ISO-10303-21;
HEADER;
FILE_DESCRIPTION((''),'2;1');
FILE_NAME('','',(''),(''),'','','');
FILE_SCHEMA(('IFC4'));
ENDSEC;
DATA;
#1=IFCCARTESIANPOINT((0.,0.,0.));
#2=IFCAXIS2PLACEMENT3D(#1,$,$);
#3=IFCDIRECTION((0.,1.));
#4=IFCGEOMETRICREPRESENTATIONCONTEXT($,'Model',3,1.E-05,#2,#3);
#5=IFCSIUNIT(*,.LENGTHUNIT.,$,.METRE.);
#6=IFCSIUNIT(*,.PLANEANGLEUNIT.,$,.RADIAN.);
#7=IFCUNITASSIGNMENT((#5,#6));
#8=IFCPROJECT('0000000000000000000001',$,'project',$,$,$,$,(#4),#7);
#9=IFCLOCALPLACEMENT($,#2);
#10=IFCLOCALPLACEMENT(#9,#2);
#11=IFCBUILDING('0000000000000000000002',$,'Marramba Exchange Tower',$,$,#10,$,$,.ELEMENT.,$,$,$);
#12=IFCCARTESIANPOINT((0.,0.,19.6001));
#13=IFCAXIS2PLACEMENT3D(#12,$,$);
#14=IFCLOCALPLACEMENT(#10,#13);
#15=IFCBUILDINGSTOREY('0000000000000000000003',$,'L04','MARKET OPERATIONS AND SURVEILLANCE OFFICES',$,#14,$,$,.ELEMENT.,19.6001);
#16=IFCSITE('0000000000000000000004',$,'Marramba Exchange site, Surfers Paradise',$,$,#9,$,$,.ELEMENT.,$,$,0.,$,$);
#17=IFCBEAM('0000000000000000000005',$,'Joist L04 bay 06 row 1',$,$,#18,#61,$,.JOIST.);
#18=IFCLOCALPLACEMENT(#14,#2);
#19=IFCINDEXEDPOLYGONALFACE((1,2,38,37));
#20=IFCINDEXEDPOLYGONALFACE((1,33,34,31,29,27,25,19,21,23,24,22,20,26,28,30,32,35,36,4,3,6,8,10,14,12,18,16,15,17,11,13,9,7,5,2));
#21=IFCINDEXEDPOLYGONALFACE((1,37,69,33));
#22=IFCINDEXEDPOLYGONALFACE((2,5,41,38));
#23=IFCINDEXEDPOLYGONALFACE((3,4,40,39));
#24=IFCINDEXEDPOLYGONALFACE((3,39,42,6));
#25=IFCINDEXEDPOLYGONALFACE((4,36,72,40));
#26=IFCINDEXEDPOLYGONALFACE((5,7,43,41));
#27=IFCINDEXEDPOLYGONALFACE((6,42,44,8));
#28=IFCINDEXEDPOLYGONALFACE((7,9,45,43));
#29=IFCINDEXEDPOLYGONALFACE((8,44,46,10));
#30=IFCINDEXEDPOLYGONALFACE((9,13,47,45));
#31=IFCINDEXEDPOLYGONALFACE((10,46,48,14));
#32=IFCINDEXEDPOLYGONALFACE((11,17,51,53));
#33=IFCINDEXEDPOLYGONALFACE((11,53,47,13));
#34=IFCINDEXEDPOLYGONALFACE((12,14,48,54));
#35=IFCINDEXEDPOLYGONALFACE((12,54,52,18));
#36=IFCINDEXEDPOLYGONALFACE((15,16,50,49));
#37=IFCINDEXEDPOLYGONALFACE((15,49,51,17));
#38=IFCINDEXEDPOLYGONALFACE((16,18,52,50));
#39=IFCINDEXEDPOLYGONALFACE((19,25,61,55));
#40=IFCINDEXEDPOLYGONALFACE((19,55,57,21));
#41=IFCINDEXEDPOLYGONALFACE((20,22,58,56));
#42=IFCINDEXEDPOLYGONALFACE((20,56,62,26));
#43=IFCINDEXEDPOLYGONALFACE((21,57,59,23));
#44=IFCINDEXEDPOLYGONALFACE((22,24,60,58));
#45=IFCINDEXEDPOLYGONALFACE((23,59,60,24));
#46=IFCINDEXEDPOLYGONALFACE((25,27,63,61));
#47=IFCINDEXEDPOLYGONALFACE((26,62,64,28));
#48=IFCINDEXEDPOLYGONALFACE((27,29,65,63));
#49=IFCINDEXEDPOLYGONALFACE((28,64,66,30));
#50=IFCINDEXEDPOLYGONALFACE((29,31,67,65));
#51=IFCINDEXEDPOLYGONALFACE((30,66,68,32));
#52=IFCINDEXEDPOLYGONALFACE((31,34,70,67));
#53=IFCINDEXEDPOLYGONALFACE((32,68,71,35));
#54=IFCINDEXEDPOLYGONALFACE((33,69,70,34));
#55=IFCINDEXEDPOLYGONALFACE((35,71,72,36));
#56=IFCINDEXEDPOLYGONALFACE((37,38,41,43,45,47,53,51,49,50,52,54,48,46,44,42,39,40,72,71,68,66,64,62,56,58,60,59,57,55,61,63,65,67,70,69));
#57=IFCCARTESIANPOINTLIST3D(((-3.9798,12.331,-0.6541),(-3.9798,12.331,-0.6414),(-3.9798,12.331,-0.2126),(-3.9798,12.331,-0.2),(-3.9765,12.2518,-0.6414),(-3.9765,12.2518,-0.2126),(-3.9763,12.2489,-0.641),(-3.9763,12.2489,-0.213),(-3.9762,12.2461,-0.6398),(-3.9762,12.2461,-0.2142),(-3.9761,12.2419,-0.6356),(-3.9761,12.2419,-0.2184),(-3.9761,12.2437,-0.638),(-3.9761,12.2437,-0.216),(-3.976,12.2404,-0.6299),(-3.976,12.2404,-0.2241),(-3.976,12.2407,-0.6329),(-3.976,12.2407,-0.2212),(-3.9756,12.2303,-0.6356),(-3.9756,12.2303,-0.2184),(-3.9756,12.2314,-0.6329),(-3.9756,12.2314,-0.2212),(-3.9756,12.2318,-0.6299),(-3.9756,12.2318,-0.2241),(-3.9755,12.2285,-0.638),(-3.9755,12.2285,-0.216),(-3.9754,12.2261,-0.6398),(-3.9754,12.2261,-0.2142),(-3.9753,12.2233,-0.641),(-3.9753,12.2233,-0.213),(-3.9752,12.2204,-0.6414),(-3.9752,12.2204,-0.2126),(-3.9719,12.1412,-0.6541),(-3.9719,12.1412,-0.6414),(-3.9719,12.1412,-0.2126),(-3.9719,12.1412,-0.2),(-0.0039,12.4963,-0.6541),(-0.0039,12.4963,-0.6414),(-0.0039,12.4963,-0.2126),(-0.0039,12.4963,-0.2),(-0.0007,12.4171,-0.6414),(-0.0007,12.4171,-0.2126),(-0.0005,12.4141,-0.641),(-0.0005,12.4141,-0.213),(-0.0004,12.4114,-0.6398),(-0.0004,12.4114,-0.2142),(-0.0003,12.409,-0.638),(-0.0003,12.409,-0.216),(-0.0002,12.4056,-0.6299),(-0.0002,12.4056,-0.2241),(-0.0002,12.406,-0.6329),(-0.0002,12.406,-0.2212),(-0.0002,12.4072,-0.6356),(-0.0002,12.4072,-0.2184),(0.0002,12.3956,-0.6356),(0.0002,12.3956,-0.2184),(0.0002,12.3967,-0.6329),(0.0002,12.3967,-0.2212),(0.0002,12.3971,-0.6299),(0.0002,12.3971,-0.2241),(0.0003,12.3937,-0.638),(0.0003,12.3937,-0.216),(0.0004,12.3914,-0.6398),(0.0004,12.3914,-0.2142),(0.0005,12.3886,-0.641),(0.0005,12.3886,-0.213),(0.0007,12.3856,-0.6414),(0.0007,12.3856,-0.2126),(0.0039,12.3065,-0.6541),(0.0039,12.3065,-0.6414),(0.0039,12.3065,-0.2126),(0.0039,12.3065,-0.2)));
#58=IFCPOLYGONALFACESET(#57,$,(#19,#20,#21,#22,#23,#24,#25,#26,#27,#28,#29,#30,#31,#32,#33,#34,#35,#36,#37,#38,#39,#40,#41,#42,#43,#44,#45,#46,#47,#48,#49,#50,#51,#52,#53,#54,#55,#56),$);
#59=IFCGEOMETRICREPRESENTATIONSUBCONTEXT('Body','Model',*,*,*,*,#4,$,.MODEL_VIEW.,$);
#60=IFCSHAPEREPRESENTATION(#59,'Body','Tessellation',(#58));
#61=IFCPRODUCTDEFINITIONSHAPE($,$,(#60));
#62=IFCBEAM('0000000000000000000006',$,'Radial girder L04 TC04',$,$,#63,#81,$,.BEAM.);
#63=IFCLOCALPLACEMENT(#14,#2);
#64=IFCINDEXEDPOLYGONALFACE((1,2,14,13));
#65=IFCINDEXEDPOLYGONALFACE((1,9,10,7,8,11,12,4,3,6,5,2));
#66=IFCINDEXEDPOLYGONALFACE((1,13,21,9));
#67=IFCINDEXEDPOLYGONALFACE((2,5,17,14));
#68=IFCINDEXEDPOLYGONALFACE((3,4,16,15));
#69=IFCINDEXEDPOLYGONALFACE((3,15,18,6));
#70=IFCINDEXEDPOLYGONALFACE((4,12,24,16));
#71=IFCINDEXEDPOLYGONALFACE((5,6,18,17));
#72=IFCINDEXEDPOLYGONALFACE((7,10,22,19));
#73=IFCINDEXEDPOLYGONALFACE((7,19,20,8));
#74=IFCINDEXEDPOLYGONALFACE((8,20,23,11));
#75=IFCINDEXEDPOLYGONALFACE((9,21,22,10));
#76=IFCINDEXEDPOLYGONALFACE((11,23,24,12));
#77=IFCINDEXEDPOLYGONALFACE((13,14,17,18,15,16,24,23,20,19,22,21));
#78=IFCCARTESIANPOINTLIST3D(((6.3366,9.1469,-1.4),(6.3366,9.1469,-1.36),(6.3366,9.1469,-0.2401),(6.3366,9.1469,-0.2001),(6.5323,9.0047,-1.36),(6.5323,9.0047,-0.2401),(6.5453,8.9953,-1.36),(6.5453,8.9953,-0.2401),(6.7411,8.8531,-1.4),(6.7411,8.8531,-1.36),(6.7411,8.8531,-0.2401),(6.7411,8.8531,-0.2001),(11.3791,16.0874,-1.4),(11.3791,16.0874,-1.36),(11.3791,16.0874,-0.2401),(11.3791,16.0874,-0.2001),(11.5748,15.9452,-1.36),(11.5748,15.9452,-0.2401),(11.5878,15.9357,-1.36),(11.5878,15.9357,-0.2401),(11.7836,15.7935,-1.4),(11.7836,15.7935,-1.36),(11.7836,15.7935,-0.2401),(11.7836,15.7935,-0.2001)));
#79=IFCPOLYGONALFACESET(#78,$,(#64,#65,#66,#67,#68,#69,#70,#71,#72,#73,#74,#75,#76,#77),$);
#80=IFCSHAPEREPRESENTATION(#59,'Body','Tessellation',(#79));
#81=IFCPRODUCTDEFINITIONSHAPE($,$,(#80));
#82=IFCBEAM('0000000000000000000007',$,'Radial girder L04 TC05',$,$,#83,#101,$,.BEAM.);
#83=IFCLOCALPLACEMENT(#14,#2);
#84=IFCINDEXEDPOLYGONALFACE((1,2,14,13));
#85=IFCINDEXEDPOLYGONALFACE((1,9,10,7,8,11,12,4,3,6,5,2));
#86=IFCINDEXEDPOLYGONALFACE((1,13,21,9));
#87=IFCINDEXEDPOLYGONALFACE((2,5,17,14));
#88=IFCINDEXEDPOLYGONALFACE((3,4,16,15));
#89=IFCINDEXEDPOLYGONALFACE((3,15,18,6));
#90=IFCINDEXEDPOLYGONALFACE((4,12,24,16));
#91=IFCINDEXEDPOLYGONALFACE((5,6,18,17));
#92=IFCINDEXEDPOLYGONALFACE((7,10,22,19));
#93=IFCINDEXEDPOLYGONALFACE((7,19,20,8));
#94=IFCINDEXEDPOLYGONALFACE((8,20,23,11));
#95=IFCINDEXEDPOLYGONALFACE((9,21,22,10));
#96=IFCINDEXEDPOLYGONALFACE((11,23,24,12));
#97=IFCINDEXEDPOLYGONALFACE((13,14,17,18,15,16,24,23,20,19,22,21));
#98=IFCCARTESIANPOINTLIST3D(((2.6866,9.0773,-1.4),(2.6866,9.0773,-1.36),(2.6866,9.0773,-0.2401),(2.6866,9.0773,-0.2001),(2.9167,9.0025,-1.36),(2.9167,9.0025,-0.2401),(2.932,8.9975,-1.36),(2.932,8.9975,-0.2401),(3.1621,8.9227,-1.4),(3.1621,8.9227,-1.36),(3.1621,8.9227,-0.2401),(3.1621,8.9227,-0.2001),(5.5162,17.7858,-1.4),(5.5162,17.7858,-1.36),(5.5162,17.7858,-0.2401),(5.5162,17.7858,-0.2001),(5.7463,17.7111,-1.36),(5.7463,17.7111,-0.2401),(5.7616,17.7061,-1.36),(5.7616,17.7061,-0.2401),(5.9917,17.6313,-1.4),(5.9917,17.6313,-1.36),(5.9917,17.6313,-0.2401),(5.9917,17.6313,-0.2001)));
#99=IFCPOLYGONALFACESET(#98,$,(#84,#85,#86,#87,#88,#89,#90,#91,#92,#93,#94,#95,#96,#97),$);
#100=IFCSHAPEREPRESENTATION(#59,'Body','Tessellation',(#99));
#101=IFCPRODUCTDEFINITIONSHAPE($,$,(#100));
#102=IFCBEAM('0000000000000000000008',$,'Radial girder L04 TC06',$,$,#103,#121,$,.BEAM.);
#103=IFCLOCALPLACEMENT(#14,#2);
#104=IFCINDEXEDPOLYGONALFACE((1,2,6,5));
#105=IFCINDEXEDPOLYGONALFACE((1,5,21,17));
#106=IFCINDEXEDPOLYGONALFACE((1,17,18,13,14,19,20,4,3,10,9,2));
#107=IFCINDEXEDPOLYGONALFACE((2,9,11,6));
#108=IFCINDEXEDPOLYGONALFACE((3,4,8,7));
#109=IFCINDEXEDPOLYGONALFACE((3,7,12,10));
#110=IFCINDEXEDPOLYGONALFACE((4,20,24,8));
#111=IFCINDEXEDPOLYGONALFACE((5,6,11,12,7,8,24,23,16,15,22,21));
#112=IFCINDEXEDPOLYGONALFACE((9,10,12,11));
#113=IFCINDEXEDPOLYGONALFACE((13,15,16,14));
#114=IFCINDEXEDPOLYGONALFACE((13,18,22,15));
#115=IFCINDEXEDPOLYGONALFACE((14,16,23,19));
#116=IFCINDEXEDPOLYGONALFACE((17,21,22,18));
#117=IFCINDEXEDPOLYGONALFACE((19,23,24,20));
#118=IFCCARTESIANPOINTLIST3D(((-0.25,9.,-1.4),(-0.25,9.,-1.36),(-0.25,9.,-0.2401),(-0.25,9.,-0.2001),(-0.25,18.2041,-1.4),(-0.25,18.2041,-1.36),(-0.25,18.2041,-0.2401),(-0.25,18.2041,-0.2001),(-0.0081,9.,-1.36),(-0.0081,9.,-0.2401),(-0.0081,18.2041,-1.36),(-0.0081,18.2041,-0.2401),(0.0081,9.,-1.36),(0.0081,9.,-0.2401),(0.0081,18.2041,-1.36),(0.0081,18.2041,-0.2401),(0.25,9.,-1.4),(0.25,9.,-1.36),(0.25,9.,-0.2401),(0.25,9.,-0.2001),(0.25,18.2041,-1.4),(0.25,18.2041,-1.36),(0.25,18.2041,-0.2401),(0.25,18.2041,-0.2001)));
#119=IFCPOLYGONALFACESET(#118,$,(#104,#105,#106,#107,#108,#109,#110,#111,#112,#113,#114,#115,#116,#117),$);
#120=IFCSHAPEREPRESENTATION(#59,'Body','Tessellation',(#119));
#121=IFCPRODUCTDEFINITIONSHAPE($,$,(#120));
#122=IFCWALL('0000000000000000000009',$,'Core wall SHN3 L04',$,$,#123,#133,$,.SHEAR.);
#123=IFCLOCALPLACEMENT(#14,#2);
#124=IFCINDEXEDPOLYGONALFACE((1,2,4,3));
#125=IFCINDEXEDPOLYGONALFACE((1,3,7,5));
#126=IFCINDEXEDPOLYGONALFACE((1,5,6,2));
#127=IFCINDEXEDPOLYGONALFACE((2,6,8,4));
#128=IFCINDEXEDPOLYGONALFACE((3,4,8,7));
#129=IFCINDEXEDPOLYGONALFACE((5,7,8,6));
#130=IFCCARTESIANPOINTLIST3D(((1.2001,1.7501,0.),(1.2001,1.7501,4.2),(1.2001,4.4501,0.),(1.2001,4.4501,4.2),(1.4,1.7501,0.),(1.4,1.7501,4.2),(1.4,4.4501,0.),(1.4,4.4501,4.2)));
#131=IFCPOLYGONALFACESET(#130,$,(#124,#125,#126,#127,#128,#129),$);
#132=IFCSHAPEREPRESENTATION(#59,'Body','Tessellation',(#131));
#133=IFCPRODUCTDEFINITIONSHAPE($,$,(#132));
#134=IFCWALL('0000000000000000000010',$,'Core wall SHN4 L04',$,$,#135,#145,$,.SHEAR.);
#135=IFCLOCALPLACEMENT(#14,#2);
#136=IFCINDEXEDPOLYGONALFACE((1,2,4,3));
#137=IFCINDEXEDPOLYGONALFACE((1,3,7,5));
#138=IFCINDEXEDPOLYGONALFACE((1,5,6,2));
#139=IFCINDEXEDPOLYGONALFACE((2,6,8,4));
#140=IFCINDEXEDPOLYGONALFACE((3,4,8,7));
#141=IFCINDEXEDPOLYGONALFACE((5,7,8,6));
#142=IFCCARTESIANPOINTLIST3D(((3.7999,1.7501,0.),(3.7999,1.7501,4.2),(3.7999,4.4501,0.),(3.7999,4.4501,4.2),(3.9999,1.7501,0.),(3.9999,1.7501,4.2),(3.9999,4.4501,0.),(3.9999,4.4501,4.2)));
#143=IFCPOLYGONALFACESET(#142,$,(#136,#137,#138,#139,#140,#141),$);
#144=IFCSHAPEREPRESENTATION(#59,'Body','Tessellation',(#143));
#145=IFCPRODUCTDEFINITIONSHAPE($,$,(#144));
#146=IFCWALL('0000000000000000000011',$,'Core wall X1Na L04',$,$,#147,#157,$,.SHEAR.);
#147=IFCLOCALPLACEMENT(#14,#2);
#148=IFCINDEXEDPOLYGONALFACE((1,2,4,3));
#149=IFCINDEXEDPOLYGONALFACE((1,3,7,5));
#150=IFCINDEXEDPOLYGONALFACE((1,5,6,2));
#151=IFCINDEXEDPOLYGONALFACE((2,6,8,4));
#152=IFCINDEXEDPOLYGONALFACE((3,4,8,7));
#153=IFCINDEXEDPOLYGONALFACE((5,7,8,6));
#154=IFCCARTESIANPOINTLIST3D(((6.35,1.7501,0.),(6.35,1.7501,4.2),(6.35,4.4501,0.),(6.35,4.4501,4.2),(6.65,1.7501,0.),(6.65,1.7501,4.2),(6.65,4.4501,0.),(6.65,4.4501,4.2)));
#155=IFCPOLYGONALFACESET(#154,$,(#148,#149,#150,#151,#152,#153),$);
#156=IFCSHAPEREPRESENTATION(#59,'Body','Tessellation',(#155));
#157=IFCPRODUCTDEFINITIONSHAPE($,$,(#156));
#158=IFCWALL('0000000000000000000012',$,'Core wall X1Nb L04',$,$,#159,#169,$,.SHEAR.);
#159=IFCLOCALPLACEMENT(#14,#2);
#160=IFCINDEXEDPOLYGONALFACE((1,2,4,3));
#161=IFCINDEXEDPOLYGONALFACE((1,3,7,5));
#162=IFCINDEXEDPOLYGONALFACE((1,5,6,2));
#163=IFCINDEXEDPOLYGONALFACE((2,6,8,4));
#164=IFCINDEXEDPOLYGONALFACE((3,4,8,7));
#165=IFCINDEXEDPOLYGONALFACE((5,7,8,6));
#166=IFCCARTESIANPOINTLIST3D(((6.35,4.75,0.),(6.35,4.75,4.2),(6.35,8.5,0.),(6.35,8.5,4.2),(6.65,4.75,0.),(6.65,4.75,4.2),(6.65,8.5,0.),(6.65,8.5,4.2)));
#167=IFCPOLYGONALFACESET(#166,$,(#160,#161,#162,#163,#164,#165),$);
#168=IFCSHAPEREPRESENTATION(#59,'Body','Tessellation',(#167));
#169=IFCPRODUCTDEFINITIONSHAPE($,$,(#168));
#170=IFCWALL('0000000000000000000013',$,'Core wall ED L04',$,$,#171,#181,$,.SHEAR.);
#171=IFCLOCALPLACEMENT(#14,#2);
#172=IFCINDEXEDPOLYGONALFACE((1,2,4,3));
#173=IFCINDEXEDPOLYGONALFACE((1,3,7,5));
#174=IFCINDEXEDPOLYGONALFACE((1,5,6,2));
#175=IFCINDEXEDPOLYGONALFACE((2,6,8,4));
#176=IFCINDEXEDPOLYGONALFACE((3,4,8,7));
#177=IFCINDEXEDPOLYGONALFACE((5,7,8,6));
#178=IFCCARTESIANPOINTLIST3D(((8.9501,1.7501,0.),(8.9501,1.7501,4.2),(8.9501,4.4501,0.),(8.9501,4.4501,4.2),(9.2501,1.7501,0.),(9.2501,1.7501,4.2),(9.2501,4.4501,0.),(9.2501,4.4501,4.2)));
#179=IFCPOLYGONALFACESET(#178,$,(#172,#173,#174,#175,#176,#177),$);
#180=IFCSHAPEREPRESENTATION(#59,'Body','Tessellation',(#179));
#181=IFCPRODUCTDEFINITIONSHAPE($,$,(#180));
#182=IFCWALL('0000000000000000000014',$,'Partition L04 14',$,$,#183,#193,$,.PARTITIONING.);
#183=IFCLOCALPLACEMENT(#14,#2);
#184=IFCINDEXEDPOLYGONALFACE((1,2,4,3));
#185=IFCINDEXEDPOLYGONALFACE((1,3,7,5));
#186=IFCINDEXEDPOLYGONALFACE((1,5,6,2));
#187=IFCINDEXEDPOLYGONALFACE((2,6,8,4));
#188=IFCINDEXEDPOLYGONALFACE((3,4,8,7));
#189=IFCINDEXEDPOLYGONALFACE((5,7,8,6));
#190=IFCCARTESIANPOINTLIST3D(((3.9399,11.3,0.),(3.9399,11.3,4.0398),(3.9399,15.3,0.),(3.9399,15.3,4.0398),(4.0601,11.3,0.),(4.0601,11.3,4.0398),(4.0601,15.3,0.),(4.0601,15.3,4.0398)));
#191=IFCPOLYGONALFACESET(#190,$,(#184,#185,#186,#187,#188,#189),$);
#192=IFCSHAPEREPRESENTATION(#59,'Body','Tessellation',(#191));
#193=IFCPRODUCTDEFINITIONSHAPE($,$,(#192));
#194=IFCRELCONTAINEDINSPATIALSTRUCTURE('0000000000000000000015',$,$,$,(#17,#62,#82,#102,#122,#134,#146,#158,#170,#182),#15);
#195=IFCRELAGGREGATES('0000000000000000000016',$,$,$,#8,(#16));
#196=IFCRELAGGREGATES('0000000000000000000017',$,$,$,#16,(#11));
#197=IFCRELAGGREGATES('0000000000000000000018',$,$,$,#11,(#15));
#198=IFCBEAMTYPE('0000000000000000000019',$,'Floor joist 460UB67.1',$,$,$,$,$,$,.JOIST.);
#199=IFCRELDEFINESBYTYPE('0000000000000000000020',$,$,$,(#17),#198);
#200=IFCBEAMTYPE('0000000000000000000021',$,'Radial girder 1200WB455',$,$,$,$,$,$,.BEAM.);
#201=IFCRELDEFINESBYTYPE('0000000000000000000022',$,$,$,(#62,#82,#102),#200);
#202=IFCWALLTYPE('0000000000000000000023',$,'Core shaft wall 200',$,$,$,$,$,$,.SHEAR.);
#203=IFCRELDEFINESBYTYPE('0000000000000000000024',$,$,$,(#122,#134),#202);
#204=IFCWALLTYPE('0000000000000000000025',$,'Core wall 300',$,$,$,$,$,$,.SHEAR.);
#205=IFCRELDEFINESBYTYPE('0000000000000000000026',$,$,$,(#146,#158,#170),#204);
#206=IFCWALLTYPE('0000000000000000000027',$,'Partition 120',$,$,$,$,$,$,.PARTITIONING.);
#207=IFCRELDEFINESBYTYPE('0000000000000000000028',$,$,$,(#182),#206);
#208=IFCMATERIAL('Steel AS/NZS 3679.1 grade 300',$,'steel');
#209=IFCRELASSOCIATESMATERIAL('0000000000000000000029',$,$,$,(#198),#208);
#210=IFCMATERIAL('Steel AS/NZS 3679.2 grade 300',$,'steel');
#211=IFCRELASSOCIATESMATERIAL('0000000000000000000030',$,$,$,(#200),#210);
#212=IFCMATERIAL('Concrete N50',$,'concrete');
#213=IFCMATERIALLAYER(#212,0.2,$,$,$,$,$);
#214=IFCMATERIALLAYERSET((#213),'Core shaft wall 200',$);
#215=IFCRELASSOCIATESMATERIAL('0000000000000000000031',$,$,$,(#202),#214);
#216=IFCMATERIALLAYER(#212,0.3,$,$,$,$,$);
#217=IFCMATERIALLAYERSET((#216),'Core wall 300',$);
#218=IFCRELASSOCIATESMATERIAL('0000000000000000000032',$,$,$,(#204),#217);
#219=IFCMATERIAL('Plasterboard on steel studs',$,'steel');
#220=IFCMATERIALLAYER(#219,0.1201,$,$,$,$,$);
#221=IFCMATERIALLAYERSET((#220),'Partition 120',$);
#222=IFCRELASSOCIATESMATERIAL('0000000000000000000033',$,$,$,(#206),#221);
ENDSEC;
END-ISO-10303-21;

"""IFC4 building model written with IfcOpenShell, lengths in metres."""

from ifc_helpers import new_model, si_unit, direction, frame, frame_2d, origin, origin_2d, place, context, subcontext, project, spatial, rectangle, i_section, extrude, material, layer, layer_set, material_profile, profile_set, type_object, element, save


model = new_model("IFC4")

# Units and contexts
model_context = context("Model", 3, precision=1e-05, world=origin(), true_north=direction((0.0, 1.0)))
body_context = subcontext(model_context, "Body", "Model", "MODEL_VIEW")
ifc_project = project(units=[si_unit("LENGTHUNIT", "METRE"), si_unit("PLANEANGLEUNIT", "RADIAN")], contexts=[model_context])

# Site, building, storey
site_placement = place(None, origin())
site = spatial("IfcSite", under=ifc_project, at=site_placement, Name="Marramba Exchange site, Surfers Paradise", CompositionType="ELEMENT", RefElevation=0.0)
building_placement = place(site_placement, origin())
building = spatial("IfcBuilding", under=site, at=building_placement, Name="Marramba Exchange Tower", CompositionType="ELEMENT")
storey_placement = place(building_placement, frame((0.0, 0.0, 19.6001)))
storey = spatial("IfcBuildingStorey", under=building, at=storey_placement, Name="L04", Description="MARKET OPERATIONS AND SURVEILLANCE OFFICES", CompositionType="ELEMENT", Elevation=19.6001)

# Beams
ifc_material_1 = material(Name="Steel AS/NZS 3679.1 grade 300", Category="steel")
ifc_material_profile_1 = material_profile(ifc_material_1, i_section(OverallWidth=0.1899, OverallDepth=0.4541, WebThickness=0.0085, FlangeThickness=0.0127, FilletRadius=0.0115, at=origin_2d()), Name="460UB67.1")
ifc_profile_set_1 = profile_set([ifc_material_profile_1], Name="Steel AS/NZS 3679.1 grade 300")
beam_type_1 = type_object("IfcBeamType", Name="Floor joist 460UB67.1", PredefinedType="JOIST", material=ifc_profile_set_1)
beam_1_placement = place(storey_placement, frame((0.0, 12.4014, -0.427), z_axis=(-0.999137, -0.041536, 0.0), x_axis=(0.041536, -0.999137, 0.0)))
element("IfcBeam", 1, at=beam_1_placement, inside=storey, type_object=beam_type_1, Name="Joist L04 bay 06 row 1", PredefinedType="JOIST", context=body_context, shape_type="SweptSolid", body=[
    extrude(i_section(OverallWidth=0.1899, OverallDepth=0.4541, WebThickness=0.0085, FlangeThickness=0.0127, FilletRadius=0.0115, at=origin_2d()), origin(), (0.0, 0.0, 1.0), 3.9792),
])
ifc_material_2 = material(Name="Steel AS/NZS 3679.2 grade 300", Category="steel")
ifc_material_profile_2 = material_profile(ifc_material_2, i_section(OverallWidth=0.5, OverallDepth=1.2, WebThickness=0.0161, FlangeThickness=0.04, at=origin_2d()), Name="1200WB455")
ifc_profile_set_2 = profile_set([ifc_material_profile_2], Name="Steel AS/NZS 3679.2 grade 300")
beam_type_2 = type_object("IfcBeamType", Name="Radial girder 1200WB455", PredefinedType="BEAM", material=ifc_profile_set_2)
beam_2_placement = place(storey_placement, frame((6.5388, 9.0, -0.8), z_axis=(0.587782, 0.809019, 0.0), x_axis=(-0.809019, 0.587782, 0.0)))
element("IfcBeam", 2, at=beam_2_placement, inside=storey, type_object=beam_type_2, Name="Radial girder L04 TC04", PredefinedType="BEAM", context=body_context, shape_type="SweptSolid", body=[
    extrude(i_section(OverallWidth=0.5, OverallDepth=1.2, WebThickness=0.0161, FlangeThickness=0.04, at=origin_2d()), origin(), (0.0, 0.0, 1.0), 8.5789),
])
beam_3_placement = place(storey_placement, frame((2.9243, 9.0, -0.8), z_axis=(0.30902, 0.951056, 0.0), x_axis=(-0.951056, 0.30902, 0.0)))
element("IfcBeam", 3, at=beam_3_placement, inside=storey, type_object=beam_type_2, Name="Radial girder L04 TC05", PredefinedType="BEAM", context=body_context, shape_type="SweptSolid", body=[
    extrude(i_section(OverallWidth=0.5, OverallDepth=1.2, WebThickness=0.0161, FlangeThickness=0.04, at=origin_2d()), origin(), (0.0, 0.0, 1.0), 9.1567),
])
beam_4_placement = place(storey_placement, frame((0.0, 9.0, -0.8), z_axis=(0.0, 1.0, 0.0), x_axis=(-1.0, 0.0, 0.0)))
element("IfcBeam", 4, at=beam_4_placement, inside=storey, type_object=beam_type_2, Name="Radial girder L04 TC06", PredefinedType="BEAM", context=body_context, shape_type="SweptSolid", body=[
    extrude(i_section(OverallWidth=0.5, OverallDepth=1.2, WebThickness=0.0161, FlangeThickness=0.04, at=origin_2d()), origin(), (0.0, 0.0, 1.0), 9.2041),
])

# Walls
ifc_material_3 = material(Name="Concrete N50", Category="concrete")
ifc_layer_1 = layer(ifc_material_3, 0.2)
ifc_layer_set_1 = layer_set([ifc_layer_1], Name="Core shaft wall 200")
wall_type_1 = type_object("IfcWallType", Name="Core shaft wall 200", PredefinedType="SHEAR", material=ifc_layer_set_1)
for number, where, z_axis, x_axis, name in (
    (5, (1.3, 1.75, 0.0), (0.0, 0.0, 1.0), (0.0, 1.0, 0.0), "Core wall SHN3 L04"),
    (6, (3.8999, 1.75, 0.0), (0.0, 0.0, 1.0), (0.0, 1.0, 0.0), "Core wall SHN4 L04"),
):
    element("IfcWall", number, at=place(storey_placement, frame(where, z_axis=z_axis, x_axis=x_axis)), inside=storey, type_object=wall_type_1, Name=name, PredefinedType="SHEAR", context=body_context, shape_type="SweptSolid", body=[
        extrude(rectangle(XDim=2.7, YDim=0.2, at=frame_2d((1.3501, 0.0))), origin(), (0.0, 0.0, 1.0), 4.2),
    ])
ifc_layer_2 = layer(ifc_material_3, 0.3)
ifc_layer_set_2 = layer_set([ifc_layer_2], Name="Core wall 300")
wall_type_2 = type_object("IfcWallType", Name="Core wall 300", PredefinedType="SHEAR", material=ifc_layer_set_2)
wall_1_placement = place(storey_placement, frame((6.5, 1.75, 0.0), z_axis=(0.0, 0.0, 1.0), x_axis=(0.0, 1.0, 0.0)))
element("IfcWall", 7, at=wall_1_placement, inside=storey, type_object=wall_type_2, Name="Core wall X1Na L04", PredefinedType="SHEAR", context=body_context, shape_type="SweptSolid", body=[
    extrude(rectangle(XDim=2.7, YDim=0.3, at=frame_2d((1.3501, 0.0))), origin(), (0.0, 0.0, 1.0), 4.2),
])
wall_2_placement = place(storey_placement, frame((6.5, 4.75, 0.0), z_axis=(0.0, 0.0, 1.0), x_axis=(0.0, 1.0, 0.0)))
element("IfcWall", 8, at=wall_2_placement, inside=storey, type_object=wall_type_2, Name="Core wall X1Nb L04", PredefinedType="SHEAR", context=body_context, shape_type="SweptSolid", body=[
    extrude(rectangle(XDim=3.75, YDim=0.3, at=frame_2d((1.875, 0.0))), origin(), (0.0, 0.0, 1.0), 4.2),
])
wall_3_placement = place(storey_placement, frame((9.1001, 1.75, 0.0), z_axis=(0.0, 0.0, 1.0), x_axis=(0.0, 1.0, 0.0)))
element("IfcWall", 9, at=wall_3_placement, inside=storey, type_object=wall_type_2, Name="Core wall ED L04", PredefinedType="SHEAR", context=body_context, shape_type="SweptSolid", body=[
    extrude(rectangle(XDim=2.7, YDim=0.3, at=frame_2d((1.3501, 0.0))), origin(), (0.0, 0.0, 1.0), 4.2),
])
ifc_material_4 = material(Name="Plasterboard on steel studs", Category="steel")
ifc_layer_3 = layer(ifc_material_4, 0.1201)
ifc_layer_set_3 = layer_set([ifc_layer_3], Name="Partition 120")
wall_type_3 = type_object("IfcWallType", Name="Partition 120", PredefinedType="PARTITIONING", material=ifc_layer_set_3)
wall_4_placement = place(storey_placement, frame((4.0, 11.3, 0.0), z_axis=(0.0, 0.0, 1.0), x_axis=(0.0, 1.0, 0.0)))
element("IfcWall", 10, at=wall_4_placement, inside=storey, type_object=wall_type_3, Name="Partition L04 14", PredefinedType="PARTITIONING", context=body_context, shape_type="SweptSolid", body=[
    extrude(rectangle(XDim=4.0, YDim=0.1201, at=frame_2d((2.0, 0.0))), origin(), (0.0, 0.0, 1.0), 4.0398),
])

save(model, "model.ifc")
